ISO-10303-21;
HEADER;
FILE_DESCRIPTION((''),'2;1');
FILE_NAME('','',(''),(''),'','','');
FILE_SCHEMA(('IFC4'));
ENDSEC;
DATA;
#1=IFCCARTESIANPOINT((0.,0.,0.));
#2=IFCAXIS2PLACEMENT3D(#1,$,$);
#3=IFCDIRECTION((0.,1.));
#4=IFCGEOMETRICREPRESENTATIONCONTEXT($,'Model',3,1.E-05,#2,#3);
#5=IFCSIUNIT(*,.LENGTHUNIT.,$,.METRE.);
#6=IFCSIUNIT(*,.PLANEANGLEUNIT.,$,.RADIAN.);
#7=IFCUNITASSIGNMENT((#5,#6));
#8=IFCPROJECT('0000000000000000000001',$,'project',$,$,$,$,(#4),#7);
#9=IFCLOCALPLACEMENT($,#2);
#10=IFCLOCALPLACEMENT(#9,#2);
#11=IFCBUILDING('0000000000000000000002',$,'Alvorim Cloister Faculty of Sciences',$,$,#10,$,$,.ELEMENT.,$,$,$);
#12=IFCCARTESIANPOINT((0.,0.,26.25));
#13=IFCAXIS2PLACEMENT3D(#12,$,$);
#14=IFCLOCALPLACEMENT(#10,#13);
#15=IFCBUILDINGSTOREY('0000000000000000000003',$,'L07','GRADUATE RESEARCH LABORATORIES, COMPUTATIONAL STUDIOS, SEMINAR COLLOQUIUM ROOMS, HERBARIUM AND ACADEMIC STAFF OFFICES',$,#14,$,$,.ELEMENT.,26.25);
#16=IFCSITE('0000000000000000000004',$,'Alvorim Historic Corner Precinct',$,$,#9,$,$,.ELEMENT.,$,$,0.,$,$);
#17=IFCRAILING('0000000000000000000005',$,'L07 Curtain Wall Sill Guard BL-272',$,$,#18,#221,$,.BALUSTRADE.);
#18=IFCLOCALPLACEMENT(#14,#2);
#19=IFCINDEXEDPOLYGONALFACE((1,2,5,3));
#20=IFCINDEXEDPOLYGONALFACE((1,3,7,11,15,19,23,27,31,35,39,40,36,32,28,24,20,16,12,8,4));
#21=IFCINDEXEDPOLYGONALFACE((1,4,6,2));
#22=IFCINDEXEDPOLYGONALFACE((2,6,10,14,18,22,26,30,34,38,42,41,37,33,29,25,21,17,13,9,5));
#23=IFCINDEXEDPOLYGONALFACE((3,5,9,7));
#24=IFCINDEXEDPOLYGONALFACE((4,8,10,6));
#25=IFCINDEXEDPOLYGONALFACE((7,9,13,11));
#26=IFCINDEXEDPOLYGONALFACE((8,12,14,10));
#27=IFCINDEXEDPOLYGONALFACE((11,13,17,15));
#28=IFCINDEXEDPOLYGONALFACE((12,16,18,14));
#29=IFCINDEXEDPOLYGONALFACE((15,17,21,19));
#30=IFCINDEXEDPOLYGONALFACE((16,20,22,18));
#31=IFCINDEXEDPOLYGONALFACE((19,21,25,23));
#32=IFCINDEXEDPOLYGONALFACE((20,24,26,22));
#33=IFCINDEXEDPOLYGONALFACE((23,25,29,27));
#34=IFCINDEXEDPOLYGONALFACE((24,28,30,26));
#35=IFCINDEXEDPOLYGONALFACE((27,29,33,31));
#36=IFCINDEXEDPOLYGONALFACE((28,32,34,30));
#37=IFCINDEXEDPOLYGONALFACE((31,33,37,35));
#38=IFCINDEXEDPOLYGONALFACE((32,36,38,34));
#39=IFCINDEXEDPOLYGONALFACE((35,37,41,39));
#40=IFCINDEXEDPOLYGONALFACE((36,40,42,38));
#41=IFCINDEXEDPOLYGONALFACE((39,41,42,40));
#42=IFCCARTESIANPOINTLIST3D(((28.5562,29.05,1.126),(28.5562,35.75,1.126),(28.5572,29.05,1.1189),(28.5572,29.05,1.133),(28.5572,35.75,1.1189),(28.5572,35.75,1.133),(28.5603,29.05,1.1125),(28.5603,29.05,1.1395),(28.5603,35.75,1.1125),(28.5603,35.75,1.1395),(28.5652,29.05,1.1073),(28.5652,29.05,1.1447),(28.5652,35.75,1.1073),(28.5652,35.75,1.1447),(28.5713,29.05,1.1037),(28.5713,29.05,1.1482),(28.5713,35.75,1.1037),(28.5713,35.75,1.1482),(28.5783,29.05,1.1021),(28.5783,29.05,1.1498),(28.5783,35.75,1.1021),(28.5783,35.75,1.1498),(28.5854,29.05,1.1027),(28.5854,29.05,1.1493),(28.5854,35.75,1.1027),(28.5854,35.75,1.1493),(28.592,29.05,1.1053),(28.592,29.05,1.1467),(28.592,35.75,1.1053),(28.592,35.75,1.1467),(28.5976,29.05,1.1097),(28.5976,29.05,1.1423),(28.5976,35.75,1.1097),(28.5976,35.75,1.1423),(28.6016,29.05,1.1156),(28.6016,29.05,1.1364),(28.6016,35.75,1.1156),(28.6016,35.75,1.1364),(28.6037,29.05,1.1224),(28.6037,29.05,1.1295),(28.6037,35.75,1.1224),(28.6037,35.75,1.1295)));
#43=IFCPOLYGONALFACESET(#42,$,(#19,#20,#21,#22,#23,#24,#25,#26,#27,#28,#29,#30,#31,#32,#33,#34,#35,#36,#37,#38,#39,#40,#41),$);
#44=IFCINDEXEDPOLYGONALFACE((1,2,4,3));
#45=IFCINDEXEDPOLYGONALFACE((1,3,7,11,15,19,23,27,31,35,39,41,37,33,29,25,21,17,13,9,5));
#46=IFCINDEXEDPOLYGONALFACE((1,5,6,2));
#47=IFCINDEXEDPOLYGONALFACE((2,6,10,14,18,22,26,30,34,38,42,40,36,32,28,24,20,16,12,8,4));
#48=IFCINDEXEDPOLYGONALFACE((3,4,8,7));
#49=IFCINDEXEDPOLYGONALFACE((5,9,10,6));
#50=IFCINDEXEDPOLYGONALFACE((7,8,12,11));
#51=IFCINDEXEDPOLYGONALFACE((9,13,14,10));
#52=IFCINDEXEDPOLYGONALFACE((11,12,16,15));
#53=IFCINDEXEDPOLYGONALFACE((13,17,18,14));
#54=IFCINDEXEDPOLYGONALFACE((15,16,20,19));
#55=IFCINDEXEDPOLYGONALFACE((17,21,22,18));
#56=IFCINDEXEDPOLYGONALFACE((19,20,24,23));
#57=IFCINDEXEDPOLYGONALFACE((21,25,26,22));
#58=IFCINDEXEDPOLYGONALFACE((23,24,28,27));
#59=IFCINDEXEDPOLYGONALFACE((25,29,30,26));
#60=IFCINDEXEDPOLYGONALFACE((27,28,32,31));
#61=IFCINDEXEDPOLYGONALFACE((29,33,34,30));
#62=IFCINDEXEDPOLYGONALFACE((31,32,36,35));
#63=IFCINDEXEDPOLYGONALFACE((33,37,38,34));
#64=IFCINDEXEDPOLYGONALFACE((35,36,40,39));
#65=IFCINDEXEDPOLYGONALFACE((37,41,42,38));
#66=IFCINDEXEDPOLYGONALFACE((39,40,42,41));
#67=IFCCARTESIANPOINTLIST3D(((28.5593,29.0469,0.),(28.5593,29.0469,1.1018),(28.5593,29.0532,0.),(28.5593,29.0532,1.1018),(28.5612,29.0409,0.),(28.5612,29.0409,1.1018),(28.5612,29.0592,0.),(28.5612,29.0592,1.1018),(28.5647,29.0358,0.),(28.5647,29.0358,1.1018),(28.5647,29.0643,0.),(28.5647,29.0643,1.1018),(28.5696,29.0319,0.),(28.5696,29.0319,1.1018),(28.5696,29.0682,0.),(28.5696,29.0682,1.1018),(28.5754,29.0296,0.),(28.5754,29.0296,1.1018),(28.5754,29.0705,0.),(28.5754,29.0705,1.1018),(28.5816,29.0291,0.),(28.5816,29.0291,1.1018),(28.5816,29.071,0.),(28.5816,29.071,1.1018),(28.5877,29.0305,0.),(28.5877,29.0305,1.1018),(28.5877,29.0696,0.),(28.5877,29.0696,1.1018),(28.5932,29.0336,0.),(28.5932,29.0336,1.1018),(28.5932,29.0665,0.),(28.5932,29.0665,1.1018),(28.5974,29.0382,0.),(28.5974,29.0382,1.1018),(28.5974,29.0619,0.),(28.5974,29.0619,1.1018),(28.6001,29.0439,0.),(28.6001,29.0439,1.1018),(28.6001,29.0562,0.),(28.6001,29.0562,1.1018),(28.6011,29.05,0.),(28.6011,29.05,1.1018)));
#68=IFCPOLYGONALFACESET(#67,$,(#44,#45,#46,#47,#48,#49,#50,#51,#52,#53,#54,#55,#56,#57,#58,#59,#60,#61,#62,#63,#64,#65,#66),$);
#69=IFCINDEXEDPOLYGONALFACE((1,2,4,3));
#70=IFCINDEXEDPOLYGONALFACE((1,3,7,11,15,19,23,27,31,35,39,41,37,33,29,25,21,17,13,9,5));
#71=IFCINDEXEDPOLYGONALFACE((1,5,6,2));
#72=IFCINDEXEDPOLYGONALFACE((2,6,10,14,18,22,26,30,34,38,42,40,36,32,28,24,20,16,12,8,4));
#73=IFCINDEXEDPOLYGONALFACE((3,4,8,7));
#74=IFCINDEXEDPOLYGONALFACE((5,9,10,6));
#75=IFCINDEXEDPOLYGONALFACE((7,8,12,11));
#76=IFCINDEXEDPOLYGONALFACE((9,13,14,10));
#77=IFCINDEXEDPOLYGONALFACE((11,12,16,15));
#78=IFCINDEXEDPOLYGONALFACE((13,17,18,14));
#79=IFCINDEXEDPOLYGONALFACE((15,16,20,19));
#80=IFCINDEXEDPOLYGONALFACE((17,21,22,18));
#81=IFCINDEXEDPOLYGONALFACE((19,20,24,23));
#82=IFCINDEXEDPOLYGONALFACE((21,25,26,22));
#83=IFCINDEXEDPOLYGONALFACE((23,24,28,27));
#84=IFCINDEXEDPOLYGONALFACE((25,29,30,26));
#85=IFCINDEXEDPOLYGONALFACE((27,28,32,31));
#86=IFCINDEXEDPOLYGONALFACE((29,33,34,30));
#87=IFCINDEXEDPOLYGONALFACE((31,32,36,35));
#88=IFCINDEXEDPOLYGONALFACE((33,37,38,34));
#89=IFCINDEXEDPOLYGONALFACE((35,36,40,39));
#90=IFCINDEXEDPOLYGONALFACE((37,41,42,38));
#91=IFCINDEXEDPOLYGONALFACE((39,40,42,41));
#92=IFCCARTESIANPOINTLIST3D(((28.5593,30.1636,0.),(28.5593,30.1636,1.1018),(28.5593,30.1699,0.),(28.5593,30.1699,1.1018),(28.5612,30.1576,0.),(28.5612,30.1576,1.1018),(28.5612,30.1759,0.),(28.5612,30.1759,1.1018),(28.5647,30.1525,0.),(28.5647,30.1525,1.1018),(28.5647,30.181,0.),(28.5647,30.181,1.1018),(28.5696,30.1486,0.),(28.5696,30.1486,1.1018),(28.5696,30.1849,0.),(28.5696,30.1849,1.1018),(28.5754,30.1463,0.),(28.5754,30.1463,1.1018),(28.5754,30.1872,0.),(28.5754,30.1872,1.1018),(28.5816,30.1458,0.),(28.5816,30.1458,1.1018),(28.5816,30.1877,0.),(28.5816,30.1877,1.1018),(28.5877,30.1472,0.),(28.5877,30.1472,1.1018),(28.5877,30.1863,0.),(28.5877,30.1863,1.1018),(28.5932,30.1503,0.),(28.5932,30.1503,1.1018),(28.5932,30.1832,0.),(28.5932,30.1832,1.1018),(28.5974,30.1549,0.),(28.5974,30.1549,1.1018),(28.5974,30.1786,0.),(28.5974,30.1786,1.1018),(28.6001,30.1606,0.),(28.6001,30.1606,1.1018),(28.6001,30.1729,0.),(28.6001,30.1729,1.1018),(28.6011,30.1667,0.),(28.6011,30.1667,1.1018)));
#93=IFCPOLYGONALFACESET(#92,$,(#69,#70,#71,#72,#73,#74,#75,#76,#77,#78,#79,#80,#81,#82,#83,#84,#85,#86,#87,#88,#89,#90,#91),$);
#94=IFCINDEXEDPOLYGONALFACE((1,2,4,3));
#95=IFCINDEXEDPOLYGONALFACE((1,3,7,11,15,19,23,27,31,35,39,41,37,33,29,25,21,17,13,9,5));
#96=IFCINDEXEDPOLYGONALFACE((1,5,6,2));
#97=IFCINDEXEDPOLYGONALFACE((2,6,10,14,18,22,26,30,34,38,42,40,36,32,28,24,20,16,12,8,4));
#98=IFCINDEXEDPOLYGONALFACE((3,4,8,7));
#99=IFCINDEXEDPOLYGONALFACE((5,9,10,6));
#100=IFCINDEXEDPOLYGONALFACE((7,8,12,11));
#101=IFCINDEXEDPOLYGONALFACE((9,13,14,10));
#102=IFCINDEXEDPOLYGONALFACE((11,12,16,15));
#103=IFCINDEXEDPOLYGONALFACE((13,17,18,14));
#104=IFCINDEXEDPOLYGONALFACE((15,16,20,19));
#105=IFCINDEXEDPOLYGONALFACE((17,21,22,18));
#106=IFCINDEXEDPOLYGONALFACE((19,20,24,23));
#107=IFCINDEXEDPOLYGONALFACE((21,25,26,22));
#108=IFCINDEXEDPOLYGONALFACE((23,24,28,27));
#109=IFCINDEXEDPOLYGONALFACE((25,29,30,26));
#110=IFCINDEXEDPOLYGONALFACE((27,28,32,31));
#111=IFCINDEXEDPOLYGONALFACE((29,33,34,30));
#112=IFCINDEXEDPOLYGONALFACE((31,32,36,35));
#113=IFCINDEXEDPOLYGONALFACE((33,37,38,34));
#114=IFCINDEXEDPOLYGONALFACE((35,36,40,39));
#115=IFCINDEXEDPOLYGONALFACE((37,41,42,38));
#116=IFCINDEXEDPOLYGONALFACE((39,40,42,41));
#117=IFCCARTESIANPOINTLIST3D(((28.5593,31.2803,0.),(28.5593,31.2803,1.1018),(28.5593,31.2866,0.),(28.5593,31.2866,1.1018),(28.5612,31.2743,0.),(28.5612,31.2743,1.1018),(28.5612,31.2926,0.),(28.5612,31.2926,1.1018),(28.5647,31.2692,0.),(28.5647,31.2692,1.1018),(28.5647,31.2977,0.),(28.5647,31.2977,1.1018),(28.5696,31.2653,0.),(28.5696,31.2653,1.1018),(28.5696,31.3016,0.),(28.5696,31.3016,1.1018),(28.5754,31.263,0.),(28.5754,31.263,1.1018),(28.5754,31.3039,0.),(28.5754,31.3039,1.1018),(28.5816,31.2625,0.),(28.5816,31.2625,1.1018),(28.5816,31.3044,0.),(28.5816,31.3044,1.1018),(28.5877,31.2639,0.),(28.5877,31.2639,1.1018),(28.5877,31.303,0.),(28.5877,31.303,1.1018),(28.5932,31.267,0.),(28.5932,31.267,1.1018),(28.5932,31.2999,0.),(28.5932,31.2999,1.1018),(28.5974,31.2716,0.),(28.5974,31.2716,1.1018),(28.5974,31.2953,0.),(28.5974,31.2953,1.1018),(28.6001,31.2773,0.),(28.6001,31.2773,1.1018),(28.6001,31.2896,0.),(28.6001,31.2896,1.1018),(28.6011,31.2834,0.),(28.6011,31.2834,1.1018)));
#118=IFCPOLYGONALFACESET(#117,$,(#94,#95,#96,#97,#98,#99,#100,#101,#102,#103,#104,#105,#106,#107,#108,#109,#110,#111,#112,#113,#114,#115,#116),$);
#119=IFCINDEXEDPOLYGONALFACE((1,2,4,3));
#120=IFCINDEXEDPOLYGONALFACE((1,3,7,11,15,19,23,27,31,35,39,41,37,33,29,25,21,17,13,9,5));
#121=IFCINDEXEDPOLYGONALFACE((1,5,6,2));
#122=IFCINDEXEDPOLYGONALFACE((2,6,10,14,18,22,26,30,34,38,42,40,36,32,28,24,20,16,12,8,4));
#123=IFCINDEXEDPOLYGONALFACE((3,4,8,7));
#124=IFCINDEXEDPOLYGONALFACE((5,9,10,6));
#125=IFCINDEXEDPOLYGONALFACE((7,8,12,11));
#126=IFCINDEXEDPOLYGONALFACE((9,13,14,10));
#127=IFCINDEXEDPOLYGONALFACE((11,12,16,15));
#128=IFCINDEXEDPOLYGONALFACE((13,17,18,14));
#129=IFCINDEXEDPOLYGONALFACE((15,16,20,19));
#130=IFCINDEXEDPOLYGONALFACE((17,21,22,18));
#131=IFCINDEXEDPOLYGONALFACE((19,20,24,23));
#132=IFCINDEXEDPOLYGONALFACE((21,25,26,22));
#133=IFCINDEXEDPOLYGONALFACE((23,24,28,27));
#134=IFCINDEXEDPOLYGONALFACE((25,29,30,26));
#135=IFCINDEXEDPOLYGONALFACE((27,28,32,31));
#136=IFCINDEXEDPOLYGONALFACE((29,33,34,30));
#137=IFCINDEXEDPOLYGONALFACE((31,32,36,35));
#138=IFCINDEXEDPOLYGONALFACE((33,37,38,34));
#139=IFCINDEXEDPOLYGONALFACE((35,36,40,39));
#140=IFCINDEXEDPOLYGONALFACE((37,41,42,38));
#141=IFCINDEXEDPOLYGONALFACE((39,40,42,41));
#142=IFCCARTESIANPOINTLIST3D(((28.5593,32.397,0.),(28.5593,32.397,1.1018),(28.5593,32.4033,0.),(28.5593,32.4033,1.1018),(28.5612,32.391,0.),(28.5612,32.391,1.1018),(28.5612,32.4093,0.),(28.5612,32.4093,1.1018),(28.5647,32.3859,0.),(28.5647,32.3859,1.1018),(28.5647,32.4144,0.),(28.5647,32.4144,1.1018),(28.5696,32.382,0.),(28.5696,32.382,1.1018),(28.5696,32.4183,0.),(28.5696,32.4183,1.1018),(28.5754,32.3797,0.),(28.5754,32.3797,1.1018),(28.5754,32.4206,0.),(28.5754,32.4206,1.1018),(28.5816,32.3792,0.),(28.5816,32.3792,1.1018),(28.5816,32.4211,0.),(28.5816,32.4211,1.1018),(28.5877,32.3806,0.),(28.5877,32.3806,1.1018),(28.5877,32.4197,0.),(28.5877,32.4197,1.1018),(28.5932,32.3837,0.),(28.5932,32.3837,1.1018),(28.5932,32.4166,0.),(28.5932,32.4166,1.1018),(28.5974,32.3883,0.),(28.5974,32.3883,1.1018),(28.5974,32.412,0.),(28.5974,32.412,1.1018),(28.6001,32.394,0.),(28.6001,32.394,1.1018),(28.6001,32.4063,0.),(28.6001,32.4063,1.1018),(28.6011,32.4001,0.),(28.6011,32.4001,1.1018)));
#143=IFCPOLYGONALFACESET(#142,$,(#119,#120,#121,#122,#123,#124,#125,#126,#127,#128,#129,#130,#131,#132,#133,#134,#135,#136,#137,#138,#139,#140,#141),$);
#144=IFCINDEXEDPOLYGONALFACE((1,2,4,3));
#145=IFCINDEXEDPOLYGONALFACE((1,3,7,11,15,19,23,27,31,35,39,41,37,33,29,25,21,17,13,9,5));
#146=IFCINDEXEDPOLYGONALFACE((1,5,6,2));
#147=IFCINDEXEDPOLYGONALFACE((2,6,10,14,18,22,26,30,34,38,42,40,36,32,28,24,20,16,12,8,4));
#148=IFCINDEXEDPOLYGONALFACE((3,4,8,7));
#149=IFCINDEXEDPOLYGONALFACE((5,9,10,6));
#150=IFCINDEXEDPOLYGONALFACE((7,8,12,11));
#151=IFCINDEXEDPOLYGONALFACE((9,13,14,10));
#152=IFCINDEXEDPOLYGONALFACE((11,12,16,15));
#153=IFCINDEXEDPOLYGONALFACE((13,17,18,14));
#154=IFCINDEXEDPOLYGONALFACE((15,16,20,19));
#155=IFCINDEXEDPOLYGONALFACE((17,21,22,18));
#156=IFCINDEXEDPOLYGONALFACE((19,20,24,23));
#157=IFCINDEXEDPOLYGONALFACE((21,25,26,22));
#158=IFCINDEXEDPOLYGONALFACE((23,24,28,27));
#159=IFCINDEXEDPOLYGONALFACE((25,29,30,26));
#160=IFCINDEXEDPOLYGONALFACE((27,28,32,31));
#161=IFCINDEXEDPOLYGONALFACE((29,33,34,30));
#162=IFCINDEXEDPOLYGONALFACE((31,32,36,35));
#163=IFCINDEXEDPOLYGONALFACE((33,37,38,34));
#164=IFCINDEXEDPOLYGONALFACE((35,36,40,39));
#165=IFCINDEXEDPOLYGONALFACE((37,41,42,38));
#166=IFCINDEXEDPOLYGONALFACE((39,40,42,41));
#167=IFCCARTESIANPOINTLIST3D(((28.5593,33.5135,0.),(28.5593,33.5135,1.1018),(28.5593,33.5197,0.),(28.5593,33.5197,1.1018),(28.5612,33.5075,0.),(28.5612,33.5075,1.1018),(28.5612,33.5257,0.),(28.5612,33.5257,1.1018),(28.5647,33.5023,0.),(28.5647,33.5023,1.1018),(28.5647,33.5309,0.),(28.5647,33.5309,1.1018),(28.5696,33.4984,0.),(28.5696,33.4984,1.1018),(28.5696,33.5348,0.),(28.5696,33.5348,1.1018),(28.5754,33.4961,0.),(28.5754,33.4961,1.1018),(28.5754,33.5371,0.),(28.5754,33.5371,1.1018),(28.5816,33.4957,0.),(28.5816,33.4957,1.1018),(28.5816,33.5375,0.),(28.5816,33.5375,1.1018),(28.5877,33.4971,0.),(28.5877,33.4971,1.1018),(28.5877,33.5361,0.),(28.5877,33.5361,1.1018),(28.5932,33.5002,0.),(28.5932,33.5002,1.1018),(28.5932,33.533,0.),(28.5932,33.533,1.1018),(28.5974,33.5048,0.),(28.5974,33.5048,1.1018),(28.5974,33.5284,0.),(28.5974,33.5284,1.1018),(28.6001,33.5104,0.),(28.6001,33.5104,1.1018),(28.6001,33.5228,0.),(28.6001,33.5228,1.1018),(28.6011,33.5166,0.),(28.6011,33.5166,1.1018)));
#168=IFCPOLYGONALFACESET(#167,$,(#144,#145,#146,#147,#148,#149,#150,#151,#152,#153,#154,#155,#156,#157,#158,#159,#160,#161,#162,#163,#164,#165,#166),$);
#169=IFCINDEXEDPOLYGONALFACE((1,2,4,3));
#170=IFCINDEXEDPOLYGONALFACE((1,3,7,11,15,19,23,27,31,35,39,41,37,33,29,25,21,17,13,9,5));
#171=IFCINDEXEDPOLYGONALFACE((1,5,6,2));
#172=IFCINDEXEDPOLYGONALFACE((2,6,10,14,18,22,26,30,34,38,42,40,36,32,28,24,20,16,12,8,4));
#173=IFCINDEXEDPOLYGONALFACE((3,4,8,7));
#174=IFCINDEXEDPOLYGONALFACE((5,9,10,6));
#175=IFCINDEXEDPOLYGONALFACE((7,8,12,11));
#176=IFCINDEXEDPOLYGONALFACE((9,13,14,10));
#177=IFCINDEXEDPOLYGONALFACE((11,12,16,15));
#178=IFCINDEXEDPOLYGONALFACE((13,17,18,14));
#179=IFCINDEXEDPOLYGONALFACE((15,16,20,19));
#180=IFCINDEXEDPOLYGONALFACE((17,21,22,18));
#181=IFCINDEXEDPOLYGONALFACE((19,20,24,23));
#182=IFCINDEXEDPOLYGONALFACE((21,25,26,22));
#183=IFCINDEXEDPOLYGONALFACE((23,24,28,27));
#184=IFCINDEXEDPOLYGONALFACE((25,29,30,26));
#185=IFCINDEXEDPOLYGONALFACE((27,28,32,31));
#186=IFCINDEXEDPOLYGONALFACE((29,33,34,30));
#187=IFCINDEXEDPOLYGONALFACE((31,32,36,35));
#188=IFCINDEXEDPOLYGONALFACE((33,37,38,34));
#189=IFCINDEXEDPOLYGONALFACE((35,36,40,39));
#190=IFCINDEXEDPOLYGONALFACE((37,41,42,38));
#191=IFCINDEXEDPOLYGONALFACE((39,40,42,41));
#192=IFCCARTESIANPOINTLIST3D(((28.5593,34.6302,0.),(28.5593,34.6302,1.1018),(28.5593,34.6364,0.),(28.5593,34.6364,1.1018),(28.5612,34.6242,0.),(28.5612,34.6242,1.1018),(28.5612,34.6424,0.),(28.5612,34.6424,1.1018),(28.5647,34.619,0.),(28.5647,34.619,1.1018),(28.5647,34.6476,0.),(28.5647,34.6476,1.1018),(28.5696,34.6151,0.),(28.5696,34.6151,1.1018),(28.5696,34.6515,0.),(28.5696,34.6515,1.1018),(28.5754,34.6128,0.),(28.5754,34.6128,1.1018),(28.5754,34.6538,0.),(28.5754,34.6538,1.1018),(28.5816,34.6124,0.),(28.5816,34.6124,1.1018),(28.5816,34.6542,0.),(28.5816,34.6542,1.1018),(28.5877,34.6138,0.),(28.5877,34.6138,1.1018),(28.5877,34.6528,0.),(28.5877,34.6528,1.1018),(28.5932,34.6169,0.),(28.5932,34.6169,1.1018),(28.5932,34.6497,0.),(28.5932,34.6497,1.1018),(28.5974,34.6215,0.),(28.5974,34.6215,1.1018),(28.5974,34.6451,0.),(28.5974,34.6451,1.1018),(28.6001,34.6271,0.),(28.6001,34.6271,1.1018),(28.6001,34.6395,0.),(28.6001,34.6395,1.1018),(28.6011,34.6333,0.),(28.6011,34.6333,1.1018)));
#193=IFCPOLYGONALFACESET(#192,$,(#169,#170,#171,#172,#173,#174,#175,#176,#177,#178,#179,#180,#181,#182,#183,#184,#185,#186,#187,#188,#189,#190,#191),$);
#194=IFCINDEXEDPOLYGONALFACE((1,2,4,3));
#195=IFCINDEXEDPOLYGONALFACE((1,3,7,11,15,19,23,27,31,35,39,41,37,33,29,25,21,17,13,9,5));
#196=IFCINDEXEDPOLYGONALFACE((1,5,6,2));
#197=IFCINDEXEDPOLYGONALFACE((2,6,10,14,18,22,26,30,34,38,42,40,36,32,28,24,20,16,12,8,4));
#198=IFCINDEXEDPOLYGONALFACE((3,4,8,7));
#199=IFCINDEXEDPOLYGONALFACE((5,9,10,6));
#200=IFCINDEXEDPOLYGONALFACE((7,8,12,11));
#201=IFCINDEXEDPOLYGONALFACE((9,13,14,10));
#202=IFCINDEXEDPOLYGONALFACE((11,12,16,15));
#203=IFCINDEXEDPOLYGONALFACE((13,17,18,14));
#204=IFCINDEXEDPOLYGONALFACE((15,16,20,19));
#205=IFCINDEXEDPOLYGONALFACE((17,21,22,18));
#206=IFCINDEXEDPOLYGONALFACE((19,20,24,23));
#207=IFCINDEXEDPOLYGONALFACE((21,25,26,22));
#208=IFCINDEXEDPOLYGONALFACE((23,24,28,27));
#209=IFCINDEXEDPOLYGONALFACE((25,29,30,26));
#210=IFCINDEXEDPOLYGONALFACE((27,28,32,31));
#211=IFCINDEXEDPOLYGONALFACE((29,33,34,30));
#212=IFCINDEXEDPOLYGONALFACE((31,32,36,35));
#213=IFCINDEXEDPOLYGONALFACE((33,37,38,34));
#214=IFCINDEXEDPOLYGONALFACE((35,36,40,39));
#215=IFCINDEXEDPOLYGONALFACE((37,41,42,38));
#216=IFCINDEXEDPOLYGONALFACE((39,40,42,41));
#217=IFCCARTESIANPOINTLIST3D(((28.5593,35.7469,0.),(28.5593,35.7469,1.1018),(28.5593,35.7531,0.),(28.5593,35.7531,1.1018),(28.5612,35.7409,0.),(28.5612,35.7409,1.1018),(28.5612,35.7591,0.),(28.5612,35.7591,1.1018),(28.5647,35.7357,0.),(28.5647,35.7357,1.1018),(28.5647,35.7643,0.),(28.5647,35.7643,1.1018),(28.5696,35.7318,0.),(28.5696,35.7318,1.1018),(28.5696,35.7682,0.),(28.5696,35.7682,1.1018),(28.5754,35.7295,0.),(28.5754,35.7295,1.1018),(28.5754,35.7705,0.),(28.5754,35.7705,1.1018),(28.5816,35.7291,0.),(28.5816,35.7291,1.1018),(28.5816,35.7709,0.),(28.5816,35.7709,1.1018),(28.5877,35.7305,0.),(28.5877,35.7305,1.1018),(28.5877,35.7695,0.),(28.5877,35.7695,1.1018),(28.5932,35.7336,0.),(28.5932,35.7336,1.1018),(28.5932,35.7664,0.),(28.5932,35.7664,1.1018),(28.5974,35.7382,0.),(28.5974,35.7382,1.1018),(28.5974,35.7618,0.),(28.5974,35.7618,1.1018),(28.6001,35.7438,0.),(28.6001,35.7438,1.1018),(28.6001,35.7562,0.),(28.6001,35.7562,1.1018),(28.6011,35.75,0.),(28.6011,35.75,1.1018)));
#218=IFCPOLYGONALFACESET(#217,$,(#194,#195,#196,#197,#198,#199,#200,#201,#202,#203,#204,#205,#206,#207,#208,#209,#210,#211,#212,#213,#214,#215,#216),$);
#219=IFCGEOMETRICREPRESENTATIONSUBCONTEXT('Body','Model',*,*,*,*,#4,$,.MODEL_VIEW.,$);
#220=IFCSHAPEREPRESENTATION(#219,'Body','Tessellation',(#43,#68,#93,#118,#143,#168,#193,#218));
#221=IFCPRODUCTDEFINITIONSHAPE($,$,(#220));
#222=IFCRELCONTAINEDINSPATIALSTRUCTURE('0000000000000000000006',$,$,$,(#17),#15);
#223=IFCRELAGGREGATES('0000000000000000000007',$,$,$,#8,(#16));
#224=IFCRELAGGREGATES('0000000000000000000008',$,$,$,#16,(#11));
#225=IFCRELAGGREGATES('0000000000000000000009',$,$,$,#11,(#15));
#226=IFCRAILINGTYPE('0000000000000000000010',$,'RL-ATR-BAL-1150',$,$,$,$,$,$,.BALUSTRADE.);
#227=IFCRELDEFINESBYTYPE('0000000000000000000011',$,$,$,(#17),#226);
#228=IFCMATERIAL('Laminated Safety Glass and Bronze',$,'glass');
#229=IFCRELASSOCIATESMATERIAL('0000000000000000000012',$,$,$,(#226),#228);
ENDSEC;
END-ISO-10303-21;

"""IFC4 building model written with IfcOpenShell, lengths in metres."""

from ifc_helpers import new_model, si_unit, direction, frame, origin, origin_2d, place, context, subcontext, project, spatial, circle, extrude, material, type_object, element, save


model = new_model("IFC4")

# Units and contexts
model_context = context("Model", 3, precision=1e-05, world=origin(), true_north=direction((0.0, 1.0)))
body_context = subcontext(model_context, "Body", "Model", "MODEL_VIEW")
ifc_project = project(units=[si_unit("LENGTHUNIT", "METRE"), si_unit("PLANEANGLEUNIT", "RADIAN")], contexts=[model_context])

# Site, building, storey
site_placement = place(None, origin())
site = spatial("IfcSite", under=ifc_project, at=site_placement, Name="Alvorim Historic Corner Precinct", CompositionType="ELEMENT", RefElevation=0.0)
building_placement = place(site_placement, origin())
building = spatial("IfcBuilding", under=site, at=building_placement, Name="Alvorim Cloister Faculty of Sciences", CompositionType="ELEMENT")
storey_placement = place(building_placement, frame((0.0, 0.0, 26.25)))
storey = spatial("IfcBuildingStorey", under=building, at=storey_placement, Name="L07", Description="GRADUATE RESEARCH LABORATORIES, COMPUTATIONAL STUDIOS, SEMINAR COLLOQUIUM ROOMS, HERBARIUM AND ACADEMIC STAFF OFFICES", CompositionType="ELEMENT", Elevation=26.25)

# Railing
ifc_material_1 = material(Name="Laminated Safety Glass and Bronze", Category="glass")
railing_type_1 = type_object("IfcRailingType", Name="RL-ATR-BAL-1150", PredefinedType="BALUSTRADE", material=ifc_material_1)
railing_1_placement = place(storey_placement, frame((28.5801, 29.05, 0.0)))
element("IfcRailing", 1, at=railing_1_placement, inside=storey, type_object=railing_type_1, Name="L07 Curtain Wall Sill Guard BL-272", PredefinedType="BALUSTRADE", context=body_context, shape_type="SweptSolid", body=[
    extrude(circle(Radius=0.0239, at=origin_2d()), frame((0.0, 0.0, 1.126), z_axis=(0.0, 1.0, 0.0), x_axis=(-1.0, 0.0, 0.0)), (0.0, 0.0, 1.0), 6.7),
    extrude(circle(Radius=0.021, at=origin_2d()), origin(), (0.0, 0.0, 1.0), 1.1018),
    extrude(circle(Radius=0.021, at=origin_2d()), frame((0.0, 1.1167, 0.0)), (0.0, 0.0, 1.0), 1.1018),
    extrude(circle(Radius=0.021, at=origin_2d()), frame((0.0, 2.2334, 0.0)), (0.0, 0.0, 1.0), 1.1018),
    extrude(circle(Radius=0.021, at=origin_2d()), frame((0.0, 3.3501, 0.0)), (0.0, 0.0, 1.0), 1.1018),
    extrude(circle(Radius=0.021, at=origin_2d()), frame((0.0, 4.4666, 0.0)), (0.0, 0.0, 1.0), 1.1018),
    extrude(circle(Radius=0.021, at=origin_2d()), frame((0.0, 5.5833, 0.0)), (0.0, 0.0, 1.0), 1.1018),
    extrude(circle(Radius=0.021, at=origin_2d()), frame((0.0, 6.7, 0.0)), (0.0, 0.0, 1.0), 1.1018),
])

save(model, "model.ifc")
